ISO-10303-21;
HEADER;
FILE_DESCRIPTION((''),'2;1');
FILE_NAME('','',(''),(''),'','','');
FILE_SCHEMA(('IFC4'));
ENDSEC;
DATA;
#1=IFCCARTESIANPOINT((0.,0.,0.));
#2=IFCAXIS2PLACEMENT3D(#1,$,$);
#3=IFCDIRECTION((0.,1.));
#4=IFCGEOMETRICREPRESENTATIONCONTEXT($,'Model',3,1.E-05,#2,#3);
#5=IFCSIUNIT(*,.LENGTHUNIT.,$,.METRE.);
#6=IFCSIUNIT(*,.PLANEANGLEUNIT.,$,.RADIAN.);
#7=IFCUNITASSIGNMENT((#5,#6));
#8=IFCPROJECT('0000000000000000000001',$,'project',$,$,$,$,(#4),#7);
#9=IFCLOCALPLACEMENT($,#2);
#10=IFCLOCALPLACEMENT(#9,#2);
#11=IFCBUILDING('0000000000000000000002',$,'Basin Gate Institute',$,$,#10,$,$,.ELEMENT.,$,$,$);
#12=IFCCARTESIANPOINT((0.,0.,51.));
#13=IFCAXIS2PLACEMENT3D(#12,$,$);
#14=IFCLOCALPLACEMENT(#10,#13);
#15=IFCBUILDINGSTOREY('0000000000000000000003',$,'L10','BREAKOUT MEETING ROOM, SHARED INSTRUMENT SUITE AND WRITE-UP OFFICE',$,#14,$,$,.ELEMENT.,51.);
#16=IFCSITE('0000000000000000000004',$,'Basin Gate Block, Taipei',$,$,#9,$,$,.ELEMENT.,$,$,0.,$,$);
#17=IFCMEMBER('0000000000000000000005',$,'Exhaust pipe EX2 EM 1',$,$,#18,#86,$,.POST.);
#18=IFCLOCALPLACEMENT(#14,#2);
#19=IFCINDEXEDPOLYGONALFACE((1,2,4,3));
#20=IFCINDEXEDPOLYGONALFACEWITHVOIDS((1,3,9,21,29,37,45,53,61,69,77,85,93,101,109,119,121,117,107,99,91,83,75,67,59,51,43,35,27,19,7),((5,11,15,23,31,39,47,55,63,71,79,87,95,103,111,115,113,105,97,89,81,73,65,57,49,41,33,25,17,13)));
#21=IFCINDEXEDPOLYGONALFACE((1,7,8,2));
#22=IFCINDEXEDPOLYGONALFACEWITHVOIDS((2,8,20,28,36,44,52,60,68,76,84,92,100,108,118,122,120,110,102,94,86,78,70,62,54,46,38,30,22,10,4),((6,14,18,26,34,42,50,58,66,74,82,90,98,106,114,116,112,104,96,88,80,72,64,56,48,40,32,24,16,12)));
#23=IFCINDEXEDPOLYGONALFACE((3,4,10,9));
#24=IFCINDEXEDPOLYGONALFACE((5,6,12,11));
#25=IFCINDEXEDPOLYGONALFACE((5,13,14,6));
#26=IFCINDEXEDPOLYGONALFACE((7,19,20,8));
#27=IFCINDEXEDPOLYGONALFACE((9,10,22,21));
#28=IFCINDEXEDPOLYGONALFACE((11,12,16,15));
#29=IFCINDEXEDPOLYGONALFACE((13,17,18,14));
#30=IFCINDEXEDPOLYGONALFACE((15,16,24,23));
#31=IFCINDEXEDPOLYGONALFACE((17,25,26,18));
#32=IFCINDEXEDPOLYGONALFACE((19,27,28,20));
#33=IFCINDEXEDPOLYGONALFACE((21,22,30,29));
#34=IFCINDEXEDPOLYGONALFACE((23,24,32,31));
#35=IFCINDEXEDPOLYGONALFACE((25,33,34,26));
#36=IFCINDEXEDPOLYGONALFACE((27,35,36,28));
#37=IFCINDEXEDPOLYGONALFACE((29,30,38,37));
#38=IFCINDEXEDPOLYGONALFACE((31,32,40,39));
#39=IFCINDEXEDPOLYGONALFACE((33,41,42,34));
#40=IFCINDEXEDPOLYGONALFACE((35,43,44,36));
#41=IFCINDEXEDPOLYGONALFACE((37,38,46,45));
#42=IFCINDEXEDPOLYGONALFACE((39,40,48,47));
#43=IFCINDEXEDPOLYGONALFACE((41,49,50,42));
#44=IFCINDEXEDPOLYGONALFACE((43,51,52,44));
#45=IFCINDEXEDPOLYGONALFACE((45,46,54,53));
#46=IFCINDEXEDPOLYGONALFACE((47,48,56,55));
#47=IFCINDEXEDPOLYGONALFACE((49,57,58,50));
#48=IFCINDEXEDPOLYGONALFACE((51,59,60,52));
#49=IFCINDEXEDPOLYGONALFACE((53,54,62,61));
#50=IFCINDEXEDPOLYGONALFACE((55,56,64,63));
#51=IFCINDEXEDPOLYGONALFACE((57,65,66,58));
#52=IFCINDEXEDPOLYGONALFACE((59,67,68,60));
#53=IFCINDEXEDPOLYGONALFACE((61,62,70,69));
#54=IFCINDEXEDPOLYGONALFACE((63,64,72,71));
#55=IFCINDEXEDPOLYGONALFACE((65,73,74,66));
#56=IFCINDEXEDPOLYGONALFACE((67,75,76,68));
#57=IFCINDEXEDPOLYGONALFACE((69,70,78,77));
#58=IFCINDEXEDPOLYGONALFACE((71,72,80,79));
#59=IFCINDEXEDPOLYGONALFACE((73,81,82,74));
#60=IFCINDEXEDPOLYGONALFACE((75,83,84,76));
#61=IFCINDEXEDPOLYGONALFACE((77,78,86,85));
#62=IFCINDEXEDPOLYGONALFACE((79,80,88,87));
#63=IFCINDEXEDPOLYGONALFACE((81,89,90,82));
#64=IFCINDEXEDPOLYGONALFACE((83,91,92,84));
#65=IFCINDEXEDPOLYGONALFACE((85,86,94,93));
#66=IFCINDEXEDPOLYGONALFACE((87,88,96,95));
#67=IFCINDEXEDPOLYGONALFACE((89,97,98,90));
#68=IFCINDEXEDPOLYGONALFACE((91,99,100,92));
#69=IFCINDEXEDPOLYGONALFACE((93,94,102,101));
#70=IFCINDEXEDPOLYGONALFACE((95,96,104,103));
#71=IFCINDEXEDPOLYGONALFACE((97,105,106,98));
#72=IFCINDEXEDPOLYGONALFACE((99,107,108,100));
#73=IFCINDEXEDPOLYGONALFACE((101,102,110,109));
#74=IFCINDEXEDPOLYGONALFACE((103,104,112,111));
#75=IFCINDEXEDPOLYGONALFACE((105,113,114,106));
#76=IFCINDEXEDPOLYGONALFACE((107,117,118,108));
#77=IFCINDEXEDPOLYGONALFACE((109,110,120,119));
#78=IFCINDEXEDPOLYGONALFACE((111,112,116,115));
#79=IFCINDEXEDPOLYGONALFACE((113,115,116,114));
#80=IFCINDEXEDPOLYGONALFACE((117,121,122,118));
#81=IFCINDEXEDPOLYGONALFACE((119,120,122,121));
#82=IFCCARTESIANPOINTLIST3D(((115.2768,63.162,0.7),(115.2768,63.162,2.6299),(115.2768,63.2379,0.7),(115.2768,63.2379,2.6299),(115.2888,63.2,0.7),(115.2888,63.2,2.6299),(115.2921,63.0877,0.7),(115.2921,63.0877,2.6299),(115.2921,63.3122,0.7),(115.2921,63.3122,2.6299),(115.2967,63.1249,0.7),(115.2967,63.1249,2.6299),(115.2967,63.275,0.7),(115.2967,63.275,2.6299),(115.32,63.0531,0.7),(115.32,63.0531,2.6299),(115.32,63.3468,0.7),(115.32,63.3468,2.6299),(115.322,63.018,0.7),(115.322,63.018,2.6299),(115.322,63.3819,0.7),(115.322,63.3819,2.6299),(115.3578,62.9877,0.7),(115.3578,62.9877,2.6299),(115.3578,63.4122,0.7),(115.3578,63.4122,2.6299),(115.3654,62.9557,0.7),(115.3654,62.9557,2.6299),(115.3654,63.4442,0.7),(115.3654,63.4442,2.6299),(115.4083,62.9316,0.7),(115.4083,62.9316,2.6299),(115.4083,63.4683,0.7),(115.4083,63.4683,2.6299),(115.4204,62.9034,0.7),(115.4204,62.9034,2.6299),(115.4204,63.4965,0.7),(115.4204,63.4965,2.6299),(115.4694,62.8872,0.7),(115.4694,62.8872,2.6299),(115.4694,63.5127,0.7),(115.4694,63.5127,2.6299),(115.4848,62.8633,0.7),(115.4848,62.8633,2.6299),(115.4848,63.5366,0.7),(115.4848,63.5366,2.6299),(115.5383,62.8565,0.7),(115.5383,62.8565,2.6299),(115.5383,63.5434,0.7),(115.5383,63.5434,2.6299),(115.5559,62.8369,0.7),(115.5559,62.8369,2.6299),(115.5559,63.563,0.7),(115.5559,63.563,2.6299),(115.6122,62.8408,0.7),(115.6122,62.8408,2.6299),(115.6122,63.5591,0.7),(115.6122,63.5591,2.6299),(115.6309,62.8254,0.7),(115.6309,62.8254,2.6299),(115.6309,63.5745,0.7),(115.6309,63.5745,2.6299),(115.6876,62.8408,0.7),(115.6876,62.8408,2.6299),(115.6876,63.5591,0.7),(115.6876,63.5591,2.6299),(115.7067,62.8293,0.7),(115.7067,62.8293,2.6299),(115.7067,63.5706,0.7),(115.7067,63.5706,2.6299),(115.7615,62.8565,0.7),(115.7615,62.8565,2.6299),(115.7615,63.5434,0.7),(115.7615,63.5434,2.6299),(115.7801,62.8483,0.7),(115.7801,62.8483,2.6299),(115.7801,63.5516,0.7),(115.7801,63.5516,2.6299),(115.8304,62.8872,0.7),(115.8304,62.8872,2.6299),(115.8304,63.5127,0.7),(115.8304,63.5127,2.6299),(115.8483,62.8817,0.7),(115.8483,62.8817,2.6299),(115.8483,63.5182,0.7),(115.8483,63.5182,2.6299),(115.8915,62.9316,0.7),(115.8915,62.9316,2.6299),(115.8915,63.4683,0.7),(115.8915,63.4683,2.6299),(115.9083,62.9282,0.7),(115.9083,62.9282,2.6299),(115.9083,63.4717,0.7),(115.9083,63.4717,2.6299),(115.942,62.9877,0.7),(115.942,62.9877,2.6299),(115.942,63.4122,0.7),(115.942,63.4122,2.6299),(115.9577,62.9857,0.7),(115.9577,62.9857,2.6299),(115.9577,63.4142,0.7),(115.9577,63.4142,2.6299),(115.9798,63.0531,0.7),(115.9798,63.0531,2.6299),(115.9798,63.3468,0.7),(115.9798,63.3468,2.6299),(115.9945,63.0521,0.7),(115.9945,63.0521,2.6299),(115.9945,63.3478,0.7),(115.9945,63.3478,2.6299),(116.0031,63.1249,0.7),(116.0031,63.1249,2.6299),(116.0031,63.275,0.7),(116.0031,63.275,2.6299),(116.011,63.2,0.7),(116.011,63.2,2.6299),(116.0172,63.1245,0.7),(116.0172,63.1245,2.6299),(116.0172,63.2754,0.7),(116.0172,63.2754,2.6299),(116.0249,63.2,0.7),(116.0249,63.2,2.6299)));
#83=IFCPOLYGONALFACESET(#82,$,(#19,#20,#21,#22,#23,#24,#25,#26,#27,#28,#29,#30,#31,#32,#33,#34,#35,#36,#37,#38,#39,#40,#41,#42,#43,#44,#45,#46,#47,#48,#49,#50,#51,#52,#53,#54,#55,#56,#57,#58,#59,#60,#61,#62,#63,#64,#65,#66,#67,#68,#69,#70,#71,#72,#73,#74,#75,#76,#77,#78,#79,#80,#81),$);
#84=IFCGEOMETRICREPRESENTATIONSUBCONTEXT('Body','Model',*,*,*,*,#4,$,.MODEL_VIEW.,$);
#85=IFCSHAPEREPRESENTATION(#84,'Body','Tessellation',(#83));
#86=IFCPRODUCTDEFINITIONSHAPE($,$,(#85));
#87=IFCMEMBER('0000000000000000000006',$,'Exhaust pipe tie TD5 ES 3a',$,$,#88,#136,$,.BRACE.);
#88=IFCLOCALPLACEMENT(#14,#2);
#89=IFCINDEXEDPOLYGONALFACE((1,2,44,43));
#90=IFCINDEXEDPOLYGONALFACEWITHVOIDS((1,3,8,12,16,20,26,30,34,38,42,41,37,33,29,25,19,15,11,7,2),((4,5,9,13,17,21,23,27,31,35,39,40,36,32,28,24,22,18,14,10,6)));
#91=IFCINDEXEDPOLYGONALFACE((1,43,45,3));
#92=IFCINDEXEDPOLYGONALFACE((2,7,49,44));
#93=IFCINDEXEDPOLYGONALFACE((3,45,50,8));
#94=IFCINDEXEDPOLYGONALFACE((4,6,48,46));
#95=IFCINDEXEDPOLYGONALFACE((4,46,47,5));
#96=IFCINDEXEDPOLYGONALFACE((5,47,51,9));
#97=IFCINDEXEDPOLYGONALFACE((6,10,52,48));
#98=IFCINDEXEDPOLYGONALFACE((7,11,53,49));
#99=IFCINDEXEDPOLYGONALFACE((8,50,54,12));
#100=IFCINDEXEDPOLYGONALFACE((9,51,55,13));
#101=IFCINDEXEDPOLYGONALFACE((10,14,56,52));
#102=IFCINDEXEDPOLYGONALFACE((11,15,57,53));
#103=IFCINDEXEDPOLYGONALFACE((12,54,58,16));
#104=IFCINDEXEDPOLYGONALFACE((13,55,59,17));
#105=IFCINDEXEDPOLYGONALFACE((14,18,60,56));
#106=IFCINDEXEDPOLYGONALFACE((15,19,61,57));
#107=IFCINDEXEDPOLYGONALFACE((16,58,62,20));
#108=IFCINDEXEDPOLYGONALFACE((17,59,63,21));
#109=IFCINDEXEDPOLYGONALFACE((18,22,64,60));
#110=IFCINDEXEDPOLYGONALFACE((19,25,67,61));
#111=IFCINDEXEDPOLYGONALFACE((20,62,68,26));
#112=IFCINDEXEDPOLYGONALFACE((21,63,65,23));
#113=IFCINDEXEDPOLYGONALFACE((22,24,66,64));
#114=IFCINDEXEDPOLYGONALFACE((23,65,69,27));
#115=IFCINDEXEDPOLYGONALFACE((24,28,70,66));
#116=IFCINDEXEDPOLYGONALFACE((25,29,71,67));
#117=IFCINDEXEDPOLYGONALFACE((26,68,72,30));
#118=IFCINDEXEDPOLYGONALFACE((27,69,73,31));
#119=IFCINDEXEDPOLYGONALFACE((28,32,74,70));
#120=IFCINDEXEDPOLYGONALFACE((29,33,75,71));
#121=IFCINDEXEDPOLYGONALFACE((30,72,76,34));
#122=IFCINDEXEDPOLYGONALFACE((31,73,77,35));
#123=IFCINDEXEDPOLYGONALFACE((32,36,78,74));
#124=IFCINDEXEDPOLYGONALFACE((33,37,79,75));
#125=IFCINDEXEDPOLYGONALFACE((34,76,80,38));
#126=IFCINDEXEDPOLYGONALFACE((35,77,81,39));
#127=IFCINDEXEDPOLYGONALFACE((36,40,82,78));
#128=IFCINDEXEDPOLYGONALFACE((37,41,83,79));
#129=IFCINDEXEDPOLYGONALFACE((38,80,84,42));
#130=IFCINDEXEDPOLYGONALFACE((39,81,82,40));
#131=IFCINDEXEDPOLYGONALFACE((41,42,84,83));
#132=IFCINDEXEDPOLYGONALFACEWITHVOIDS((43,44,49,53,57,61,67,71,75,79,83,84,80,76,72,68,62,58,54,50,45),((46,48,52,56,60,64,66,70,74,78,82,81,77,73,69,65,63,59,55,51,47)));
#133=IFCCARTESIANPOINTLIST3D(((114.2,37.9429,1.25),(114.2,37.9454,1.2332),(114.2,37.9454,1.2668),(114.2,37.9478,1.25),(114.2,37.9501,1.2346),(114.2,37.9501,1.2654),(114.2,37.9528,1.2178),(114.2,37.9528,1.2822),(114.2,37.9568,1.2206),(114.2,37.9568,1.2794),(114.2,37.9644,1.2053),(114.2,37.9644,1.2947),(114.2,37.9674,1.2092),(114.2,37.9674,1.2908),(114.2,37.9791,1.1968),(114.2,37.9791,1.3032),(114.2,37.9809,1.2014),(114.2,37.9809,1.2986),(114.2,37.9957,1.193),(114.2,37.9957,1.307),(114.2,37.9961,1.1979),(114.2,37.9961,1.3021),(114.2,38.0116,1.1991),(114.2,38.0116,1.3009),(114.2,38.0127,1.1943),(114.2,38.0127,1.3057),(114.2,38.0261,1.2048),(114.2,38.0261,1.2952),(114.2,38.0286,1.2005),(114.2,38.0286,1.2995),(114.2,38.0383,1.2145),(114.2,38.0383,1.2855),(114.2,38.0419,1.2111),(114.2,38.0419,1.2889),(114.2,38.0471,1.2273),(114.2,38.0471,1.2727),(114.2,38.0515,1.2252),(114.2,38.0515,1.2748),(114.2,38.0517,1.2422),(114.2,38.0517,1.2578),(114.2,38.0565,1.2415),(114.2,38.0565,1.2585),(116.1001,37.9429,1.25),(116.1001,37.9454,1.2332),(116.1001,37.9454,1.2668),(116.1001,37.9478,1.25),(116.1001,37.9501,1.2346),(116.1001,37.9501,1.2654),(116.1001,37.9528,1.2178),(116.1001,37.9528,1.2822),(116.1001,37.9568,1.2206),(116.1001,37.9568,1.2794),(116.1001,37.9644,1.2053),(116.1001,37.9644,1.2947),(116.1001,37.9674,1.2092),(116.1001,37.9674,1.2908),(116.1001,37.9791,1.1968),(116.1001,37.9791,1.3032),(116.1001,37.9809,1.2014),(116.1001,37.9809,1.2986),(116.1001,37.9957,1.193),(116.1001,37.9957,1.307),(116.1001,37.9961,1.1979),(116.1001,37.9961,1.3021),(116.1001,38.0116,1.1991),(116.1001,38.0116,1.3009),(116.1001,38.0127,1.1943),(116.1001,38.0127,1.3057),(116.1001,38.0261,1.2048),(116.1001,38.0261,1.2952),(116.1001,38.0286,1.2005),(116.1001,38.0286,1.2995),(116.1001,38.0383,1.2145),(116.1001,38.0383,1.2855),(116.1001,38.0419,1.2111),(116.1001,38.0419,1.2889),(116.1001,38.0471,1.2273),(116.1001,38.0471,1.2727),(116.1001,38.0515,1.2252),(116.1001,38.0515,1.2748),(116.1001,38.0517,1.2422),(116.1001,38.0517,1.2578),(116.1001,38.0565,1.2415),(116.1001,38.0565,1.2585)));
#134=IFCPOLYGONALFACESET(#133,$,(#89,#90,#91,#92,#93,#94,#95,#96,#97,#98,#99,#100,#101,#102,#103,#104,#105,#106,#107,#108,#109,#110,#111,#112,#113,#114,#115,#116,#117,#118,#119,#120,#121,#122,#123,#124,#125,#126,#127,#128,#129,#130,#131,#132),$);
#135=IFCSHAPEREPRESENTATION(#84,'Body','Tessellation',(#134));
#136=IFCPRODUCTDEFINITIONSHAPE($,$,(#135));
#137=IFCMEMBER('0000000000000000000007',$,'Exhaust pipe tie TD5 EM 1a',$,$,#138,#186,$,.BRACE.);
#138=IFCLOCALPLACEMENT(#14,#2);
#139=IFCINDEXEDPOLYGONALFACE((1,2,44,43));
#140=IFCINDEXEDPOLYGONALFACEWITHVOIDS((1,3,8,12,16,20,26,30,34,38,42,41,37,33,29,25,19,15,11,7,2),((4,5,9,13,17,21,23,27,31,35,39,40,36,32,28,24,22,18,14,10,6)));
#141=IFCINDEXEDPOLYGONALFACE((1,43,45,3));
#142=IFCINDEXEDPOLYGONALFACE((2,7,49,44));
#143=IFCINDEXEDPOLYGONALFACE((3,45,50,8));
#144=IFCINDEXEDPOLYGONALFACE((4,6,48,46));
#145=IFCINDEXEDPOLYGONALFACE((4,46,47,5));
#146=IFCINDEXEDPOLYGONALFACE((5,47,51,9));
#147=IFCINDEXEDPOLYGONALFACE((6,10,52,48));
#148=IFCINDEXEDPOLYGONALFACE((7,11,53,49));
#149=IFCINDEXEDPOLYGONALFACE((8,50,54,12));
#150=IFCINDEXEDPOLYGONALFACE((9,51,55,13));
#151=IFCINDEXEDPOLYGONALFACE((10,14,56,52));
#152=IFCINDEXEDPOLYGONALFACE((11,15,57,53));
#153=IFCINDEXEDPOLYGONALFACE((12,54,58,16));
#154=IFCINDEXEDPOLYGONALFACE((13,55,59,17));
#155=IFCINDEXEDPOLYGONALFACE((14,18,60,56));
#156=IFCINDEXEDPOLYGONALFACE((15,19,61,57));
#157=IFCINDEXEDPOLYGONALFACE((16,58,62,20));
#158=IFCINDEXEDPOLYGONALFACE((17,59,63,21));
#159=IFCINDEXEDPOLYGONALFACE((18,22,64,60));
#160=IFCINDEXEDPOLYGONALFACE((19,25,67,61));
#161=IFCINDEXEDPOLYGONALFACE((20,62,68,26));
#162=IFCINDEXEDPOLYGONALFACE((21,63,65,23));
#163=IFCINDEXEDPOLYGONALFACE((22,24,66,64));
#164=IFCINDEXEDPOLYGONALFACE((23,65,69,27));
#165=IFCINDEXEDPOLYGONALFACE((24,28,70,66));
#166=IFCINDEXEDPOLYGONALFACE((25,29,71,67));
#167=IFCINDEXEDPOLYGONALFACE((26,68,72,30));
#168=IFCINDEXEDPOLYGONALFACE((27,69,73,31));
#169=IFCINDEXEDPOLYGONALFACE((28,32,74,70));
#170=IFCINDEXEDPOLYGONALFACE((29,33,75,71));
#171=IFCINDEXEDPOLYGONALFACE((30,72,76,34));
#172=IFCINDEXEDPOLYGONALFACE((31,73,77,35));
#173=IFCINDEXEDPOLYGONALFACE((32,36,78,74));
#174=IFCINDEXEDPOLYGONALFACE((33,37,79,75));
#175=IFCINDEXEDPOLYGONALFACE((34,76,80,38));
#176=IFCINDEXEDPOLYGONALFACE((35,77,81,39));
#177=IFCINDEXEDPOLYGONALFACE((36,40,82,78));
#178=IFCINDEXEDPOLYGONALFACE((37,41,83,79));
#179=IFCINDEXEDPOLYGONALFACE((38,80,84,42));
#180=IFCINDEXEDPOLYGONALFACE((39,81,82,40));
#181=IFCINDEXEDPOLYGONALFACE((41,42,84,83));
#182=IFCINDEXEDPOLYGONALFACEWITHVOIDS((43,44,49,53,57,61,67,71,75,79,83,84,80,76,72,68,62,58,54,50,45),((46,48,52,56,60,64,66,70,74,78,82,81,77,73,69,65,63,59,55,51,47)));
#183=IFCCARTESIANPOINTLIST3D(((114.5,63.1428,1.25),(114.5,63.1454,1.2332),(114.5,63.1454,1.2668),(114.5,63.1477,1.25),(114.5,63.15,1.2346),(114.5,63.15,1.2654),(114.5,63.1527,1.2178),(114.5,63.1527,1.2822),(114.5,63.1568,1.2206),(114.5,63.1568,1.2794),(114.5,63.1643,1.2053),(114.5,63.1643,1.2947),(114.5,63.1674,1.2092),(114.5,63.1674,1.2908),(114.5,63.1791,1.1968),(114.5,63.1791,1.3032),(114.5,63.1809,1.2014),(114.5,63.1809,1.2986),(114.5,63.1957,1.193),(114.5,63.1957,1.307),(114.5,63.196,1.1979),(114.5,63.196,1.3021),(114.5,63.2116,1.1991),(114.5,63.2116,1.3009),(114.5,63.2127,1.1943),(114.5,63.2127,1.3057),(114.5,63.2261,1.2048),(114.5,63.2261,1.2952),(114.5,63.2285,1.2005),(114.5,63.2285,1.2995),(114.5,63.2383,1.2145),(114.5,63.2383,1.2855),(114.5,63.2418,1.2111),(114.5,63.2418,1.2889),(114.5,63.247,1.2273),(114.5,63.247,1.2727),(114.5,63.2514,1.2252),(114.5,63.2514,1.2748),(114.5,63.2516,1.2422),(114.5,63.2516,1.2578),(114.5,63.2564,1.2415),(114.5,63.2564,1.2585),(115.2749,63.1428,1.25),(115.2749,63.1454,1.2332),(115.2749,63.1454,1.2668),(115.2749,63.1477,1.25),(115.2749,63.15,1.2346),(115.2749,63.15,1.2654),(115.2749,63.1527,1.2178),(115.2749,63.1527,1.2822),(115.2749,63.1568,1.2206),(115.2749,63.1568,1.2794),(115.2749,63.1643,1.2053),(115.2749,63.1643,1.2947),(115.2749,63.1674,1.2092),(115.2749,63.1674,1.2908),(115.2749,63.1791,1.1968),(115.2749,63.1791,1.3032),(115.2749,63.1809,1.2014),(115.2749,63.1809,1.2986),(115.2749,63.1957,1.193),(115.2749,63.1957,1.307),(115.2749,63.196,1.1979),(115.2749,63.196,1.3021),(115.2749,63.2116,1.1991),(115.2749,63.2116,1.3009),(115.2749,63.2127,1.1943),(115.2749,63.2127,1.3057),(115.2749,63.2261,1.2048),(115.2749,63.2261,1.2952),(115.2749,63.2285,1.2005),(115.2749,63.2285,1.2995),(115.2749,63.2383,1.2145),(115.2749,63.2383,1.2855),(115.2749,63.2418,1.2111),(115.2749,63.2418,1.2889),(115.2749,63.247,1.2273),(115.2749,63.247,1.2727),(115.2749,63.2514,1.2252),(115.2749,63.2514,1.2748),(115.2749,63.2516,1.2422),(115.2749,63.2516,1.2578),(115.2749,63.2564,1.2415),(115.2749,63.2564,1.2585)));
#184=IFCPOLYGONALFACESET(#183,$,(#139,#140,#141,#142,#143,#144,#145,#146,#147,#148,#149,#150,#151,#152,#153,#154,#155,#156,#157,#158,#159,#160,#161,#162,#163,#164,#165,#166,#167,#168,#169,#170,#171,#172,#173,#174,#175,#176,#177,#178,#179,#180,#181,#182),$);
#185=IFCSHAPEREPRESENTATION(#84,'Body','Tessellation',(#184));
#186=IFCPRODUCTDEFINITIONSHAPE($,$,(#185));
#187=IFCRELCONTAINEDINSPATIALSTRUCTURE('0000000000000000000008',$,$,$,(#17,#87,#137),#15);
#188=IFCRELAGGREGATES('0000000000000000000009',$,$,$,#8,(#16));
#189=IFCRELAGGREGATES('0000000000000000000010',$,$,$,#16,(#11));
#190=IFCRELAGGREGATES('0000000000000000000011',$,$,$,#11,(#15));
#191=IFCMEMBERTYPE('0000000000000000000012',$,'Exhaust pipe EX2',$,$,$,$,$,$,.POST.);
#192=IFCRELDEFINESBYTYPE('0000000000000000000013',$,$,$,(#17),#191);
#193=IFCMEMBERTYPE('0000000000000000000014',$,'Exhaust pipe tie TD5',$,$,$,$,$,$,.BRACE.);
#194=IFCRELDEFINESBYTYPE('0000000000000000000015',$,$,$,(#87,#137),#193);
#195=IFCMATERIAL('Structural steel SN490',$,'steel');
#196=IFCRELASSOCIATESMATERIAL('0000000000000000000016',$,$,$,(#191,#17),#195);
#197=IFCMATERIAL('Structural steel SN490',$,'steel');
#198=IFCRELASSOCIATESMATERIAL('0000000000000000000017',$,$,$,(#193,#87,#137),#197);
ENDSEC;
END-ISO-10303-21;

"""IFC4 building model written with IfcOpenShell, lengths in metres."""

from ifc_helpers import new_model, si_unit, direction, frame, origin, origin_2d, place, context, subcontext, project, spatial, hollow_circle, extrude, material, material_profile, profile_set, type_object, element, save


model = new_model("IFC4")

# Units and contexts
model_context = context("Model", 3, precision=1e-05, world=origin(), true_north=direction((0.0, 1.0)))
body_context = subcontext(model_context, "Body", "Model", "MODEL_VIEW")
ifc_project = project(units=[si_unit("LENGTHUNIT", "METRE"), si_unit("PLANEANGLEUNIT", "RADIAN")], contexts=[model_context])

# Site, building, storey
site_placement = place(None, origin())
site = spatial("IfcSite", under=ifc_project, at=site_placement, Name="Basin Gate Block, Taipei", CompositionType="ELEMENT", RefElevation=0.0)
building_placement = place(site_placement, origin())
building = spatial("IfcBuilding", under=site, at=building_placement, Name="Basin Gate Institute", CompositionType="ELEMENT")
storey_placement = place(building_placement, frame((0.0, 0.0, 51.0)))
storey = spatial("IfcBuildingStorey", under=building, at=storey_placement, Name="L10", Description="BREAKOUT MEETING ROOM, SHARED INSTRUMENT SUITE AND WRITE-UP OFFICE", CompositionType="ELEMENT", Elevation=51.0)

# Members
ifc_material_1 = material(Name="Structural steel SN490", Category="steel")
ifc_material_profile_1 = material_profile(ifc_material_1, hollow_circle(Radius=0.375, WallThickness=0.0139, at=origin_2d()), Name="CHS750x14")
ifc_profile_set_1 = profile_set([ifc_material_profile_1], Name="Structural steel SN490")
member_type_1 = type_object("IfcMemberType", Name="Exhaust pipe EX2", PredefinedType="POST", material=ifc_profile_set_1)
member_1_placement = place(storey_placement, frame((115.6499, 63.2, 0.7), z_axis=(0.0, 0.0, 1.0), x_axis=(1.0, 0.0, 0.0)))
element("IfcMember", 1, at=member_1_placement, inside=storey, type_object=member_type_1, material=ifc_profile_set_1, Name="Exhaust pipe EX2 EM 1", PredefinedType="POST", context=body_context, shape_type="SweptSolid", body=[
    extrude(hollow_circle(Radius=0.375, WallThickness=0.0139, at=origin_2d()), origin(), (0.0, 0.0, 1.0), 1.9299),
])
ifc_material_2 = material(Name="Structural steel SN490", Category="steel")
ifc_material_profile_2 = material_profile(ifc_material_2, hollow_circle(Radius=0.0571, WallThickness=0.0049, at=origin_2d()), Name="CHS114x5")
ifc_profile_set_2 = profile_set([ifc_material_profile_2], Name="Structural steel SN490")
member_type_2 = type_object("IfcMemberType", Name="Exhaust pipe tie TD5", PredefinedType="BRACE", material=ifc_profile_set_2)
member_2_placement = place(storey_placement, frame((116.1001, 38.0, 1.25), z_axis=(-1.0, 0.0, 0.0), x_axis=(0.0, -1.0, 0.0)))
element("IfcMember", 2, at=member_2_placement, inside=storey, type_object=member_type_2, material=ifc_profile_set_2, Name="Exhaust pipe tie TD5 ES 3a", PredefinedType="BRACE", context=body_context, shape_type="SweptSolid", body=[
    extrude(hollow_circle(Radius=0.0571, WallThickness=0.0049, at=origin_2d()), origin(), (0.0, 0.0, 1.0), 1.9001),
])
member_3_placement = place(storey_placement, frame((115.2749, 63.2, 1.25), z_axis=(-1.0, 0.0, 0.0), x_axis=(0.0, -1.0, 0.0)))
element("IfcMember", 3, at=member_3_placement, inside=storey, type_object=member_type_2, material=ifc_profile_set_2, Name="Exhaust pipe tie TD5 EM 1a", PredefinedType="BRACE", context=body_context, shape_type="SweptSolid", body=[
    extrude(hollow_circle(Radius=0.0571, WallThickness=0.0049, at=origin_2d()), origin(), (0.0, 0.0, 1.0), 0.7749),
])

save(model, "model.ifc")
